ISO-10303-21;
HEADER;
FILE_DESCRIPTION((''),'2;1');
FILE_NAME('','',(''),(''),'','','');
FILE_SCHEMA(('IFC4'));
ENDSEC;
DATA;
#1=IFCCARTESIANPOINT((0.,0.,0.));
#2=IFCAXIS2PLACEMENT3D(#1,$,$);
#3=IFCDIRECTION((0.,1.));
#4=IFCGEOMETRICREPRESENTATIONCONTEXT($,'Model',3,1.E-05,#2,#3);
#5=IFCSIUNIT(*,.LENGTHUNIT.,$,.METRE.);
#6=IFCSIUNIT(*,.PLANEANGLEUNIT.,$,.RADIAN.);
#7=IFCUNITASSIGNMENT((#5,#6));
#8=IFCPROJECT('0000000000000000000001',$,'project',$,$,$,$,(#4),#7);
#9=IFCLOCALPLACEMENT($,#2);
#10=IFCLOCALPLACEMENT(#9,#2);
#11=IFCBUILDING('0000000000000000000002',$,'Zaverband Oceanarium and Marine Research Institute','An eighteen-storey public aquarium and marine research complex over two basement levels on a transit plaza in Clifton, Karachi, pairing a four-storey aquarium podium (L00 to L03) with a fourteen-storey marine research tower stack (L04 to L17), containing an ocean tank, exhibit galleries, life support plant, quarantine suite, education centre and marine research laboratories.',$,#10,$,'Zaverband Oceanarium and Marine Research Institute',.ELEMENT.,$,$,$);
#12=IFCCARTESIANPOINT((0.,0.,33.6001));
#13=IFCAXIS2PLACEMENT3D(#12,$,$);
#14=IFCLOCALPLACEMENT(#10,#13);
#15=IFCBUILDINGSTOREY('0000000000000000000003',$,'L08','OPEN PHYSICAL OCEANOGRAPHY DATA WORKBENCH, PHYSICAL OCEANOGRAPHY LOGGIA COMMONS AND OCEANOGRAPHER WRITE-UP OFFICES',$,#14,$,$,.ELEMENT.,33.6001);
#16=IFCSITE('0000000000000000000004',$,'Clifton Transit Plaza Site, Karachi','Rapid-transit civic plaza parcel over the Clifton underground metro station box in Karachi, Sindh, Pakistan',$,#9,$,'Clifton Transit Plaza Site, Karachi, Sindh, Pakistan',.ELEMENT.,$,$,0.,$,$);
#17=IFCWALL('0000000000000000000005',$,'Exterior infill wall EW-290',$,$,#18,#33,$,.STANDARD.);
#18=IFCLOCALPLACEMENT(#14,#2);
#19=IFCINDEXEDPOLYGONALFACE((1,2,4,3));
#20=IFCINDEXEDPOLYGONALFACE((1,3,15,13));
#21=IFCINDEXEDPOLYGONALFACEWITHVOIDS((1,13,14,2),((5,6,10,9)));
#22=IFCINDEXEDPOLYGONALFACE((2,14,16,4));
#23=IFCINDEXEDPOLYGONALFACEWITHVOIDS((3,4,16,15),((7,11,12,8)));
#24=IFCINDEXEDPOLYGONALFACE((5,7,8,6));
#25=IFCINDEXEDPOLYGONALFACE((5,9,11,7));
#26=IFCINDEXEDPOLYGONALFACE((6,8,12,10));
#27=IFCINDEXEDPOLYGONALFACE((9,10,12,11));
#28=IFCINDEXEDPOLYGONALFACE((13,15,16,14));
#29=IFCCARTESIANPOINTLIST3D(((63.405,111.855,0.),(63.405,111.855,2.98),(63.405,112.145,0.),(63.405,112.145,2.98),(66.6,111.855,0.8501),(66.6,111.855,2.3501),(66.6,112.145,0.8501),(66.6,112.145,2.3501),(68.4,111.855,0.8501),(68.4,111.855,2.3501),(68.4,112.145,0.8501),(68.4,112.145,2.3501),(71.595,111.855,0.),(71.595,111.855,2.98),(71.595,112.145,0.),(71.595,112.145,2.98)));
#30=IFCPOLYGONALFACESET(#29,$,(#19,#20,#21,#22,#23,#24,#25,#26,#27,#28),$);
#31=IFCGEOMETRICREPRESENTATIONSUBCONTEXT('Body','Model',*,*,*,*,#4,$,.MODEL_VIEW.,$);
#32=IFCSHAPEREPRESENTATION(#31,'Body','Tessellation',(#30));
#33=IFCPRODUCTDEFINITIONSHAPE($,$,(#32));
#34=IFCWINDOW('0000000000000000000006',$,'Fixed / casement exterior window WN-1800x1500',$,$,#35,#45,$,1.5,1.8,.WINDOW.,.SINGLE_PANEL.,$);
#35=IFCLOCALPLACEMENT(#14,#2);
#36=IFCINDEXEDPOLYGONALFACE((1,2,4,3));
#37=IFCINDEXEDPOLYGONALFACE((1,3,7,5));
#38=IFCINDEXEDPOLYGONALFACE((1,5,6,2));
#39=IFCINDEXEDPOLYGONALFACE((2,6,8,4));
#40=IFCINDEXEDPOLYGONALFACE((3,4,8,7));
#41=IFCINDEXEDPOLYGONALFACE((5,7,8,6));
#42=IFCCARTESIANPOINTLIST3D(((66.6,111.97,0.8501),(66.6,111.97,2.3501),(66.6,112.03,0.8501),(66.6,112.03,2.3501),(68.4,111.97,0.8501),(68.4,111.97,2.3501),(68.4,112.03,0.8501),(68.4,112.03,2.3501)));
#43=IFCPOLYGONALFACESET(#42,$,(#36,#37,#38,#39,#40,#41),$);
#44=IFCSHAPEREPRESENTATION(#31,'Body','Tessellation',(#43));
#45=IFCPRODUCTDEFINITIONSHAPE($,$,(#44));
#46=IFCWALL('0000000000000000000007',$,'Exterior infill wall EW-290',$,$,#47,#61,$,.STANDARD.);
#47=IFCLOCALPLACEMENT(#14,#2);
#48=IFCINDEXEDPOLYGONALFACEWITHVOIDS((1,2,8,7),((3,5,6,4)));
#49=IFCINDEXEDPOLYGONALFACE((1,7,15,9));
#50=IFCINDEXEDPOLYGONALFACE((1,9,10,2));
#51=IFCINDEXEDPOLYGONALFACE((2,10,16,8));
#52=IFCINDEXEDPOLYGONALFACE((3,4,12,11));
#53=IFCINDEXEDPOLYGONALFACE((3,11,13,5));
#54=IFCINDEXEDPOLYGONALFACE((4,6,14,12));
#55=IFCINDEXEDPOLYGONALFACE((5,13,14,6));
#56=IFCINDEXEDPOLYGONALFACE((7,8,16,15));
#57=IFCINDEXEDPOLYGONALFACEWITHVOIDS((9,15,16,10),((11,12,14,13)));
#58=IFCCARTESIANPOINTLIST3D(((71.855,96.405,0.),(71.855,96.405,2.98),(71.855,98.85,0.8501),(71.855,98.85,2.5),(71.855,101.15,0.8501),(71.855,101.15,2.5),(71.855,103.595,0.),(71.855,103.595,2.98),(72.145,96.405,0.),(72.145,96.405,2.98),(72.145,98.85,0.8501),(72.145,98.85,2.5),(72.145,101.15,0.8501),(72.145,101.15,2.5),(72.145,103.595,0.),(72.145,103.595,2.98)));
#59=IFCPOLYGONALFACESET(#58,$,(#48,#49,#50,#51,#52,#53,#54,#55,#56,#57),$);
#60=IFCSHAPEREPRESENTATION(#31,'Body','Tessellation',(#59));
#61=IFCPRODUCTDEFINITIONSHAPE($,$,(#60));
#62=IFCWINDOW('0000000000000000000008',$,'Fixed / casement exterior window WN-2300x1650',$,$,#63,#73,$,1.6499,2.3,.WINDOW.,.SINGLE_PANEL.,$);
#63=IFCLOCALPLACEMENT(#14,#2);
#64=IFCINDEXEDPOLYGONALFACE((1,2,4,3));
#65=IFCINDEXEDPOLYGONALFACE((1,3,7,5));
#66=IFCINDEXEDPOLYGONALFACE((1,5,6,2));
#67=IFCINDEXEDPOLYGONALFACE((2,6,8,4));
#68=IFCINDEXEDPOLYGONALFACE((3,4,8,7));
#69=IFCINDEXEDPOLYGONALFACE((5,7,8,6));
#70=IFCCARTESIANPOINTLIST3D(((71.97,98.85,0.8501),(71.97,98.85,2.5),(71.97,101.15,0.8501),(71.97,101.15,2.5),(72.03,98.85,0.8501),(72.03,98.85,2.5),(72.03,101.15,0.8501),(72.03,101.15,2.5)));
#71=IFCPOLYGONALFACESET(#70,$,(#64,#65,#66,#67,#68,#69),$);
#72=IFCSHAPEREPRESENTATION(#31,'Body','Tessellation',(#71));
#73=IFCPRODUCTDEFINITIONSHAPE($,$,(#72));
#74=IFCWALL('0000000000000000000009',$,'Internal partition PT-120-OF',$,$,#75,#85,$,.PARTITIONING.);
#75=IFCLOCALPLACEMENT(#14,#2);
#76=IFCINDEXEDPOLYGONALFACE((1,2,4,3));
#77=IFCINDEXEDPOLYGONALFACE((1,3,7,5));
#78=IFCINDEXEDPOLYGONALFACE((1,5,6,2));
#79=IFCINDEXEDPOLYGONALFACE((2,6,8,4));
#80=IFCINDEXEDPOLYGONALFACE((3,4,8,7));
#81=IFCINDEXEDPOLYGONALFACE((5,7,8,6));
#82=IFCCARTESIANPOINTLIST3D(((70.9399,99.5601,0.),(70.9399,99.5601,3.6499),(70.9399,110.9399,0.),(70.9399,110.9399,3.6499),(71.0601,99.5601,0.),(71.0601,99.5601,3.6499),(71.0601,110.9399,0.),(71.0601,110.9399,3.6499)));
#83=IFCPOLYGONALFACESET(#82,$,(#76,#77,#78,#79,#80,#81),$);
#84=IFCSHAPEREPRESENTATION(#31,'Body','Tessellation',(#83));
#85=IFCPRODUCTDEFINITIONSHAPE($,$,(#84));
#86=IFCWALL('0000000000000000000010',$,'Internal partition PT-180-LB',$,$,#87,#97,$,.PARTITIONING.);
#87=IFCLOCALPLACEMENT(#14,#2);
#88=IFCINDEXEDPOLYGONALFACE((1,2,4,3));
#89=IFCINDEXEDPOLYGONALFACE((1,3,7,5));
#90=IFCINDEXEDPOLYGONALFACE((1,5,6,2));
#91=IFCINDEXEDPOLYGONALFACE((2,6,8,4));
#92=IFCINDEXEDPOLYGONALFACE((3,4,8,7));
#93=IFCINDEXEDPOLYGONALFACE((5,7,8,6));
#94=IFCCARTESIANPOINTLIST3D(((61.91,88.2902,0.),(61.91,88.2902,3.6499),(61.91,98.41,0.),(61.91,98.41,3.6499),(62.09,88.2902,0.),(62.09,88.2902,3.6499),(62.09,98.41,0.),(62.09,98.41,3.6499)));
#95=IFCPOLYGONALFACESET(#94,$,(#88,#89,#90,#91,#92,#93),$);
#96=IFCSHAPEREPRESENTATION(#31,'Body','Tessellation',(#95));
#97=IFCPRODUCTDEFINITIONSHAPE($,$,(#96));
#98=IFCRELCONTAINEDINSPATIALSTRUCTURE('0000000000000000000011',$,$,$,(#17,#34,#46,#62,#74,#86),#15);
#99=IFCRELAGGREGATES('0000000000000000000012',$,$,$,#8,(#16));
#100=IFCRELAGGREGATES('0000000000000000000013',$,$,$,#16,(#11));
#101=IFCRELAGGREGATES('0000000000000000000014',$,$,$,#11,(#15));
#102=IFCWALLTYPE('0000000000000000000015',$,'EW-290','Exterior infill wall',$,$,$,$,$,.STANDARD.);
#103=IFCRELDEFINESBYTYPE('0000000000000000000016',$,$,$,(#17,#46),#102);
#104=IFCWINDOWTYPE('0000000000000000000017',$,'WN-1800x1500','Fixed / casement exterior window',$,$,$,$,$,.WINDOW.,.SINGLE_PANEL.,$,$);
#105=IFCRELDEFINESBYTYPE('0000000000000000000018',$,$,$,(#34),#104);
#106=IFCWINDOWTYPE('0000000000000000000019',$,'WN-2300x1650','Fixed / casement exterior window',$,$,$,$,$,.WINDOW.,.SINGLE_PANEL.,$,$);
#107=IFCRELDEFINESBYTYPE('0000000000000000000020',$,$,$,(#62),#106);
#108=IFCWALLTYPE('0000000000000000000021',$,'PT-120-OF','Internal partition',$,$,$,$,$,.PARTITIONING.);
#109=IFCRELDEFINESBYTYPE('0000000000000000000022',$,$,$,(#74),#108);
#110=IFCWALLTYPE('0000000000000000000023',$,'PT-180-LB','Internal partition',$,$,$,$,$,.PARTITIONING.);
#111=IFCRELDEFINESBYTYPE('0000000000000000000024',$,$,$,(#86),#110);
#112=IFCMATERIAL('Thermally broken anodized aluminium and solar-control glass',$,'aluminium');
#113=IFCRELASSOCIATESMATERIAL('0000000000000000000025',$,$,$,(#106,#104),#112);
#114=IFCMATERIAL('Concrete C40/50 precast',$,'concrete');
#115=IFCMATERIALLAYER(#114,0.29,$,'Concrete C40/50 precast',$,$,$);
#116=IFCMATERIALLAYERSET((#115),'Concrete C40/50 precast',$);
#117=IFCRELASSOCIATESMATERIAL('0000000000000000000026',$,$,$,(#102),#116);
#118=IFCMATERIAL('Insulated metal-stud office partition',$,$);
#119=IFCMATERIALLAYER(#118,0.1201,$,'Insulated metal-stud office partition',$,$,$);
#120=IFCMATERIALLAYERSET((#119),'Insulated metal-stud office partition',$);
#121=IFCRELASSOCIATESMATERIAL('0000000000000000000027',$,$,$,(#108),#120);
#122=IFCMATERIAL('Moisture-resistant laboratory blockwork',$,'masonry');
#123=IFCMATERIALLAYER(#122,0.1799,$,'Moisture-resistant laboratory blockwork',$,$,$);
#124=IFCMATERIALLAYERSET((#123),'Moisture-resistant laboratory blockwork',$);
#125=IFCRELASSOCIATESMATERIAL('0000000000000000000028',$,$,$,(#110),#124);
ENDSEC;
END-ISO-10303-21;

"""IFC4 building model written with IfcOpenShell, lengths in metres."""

from ifc_helpers import new_model, si_unit, direction, frame, frame_2d, origin, place, context, subcontext, project, spatial, rectangle, extrude, material, layer, layer_set, type_object, element, fill, save


model = new_model("IFC4")

# Units and contexts
model_context = context("Model", 3, precision=1e-05, world=origin(), true_north=direction((0.0, 1.0)))
body_context = subcontext(model_context, "Body", "Model", "MODEL_VIEW")
ifc_project = project(units=[si_unit("LENGTHUNIT", "METRE"), si_unit("PLANEANGLEUNIT", "RADIAN")], contexts=[model_context])

# Site, building, storey
site_placement = place(None, origin())
site = spatial("IfcSite", under=ifc_project, at=site_placement, Name="Clifton Transit Plaza Site, Karachi", Description="Rapid-transit civic plaza parcel over the Clifton underground metro station box in Karachi, Sindh, Pakistan", LongName="Clifton Transit Plaza Site, Karachi, Sindh, Pakistan", CompositionType="ELEMENT", RefElevation=0.0)
building_placement = place(site_placement, origin())
building = spatial("IfcBuilding", under=site, at=building_placement, Name="Zaverband Oceanarium and Marine Research Institute", Description="An eighteen-storey public aquarium and marine research complex over two basement levels on a transit plaza in Clifton, Karachi, pairing a four-storey aquarium podium (L00 to L03) with a fourteen-storey marine research tower stack (L04 to L17), containing an ocean tank, exhibit galleries, life support plant, quarantine suite, education centre and marine research laboratories.", LongName="Zaverband Oceanarium and Marine Research Institute", CompositionType="ELEMENT")
storey_placement = place(building_placement, frame((0.0, 0.0, 33.6001)))
storey = spatial("IfcBuildingStorey", under=building, at=storey_placement, Name="L08", Description="OPEN PHYSICAL OCEANOGRAPHY DATA WORKBENCH, PHYSICAL OCEANOGRAPHY LOGGIA COMMONS AND OCEANOGRAPHER WRITE-UP OFFICES", CompositionType="ELEMENT", Elevation=33.6001)

# Walls, openings, windows
ifc_material_1 = material(Name="Concrete C40/50 precast", Category="concrete")
ifc_material_2 = material(Name="Thermally broken anodized aluminium and solar-control glass", Category="aluminium")
window_type_1 = type_object("IfcWindowType", Name="WN-2300x1650", Description="Fixed / casement exterior window", PartitioningType="SINGLE_PANEL", PredefinedType="WINDOW", material=ifc_material_2)
ifc_layer_1 = layer(ifc_material_1, 0.29, Name="Concrete C40/50 precast")
ifc_layer_set_1 = layer_set([ifc_layer_1], Name="Concrete C40/50 precast")
wall_type_1 = type_object("IfcWallType", Name="EW-290", Description="Exterior infill wall", PredefinedType="STANDARD", material=ifc_layer_set_1)
wall_1_placement = place(storey_placement, frame((63.405, 112.0, 0.0), z_axis=(0.0, 0.0, 1.0), x_axis=(1.0, 0.0, 0.0)))
wall_1 = element("IfcWall", 1, at=wall_1_placement, inside=storey, type_object=wall_type_1, Name="Exterior infill wall EW-290", PredefinedType="STANDARD", context=body_context, shape_type="SweptSolid", body=[
    extrude(rectangle(XDim=8.1899, YDim=0.29, at=frame_2d((4.095, 0.0))), origin(), (0.0, 0.0, 1.0), 2.98),
])
opening_1_placement = place(wall_1_placement, frame((3.1951, 0.0, 0.8501)))
opening_1 = element("IfcOpeningElement", 2, at=opening_1_placement, cuts=wall_1, PredefinedType="OPENING", context=body_context, shape_type="SweptSolid", body=[
    extrude(rectangle(XDim=1.8, YDim=1.5, at=frame_2d((0.8999, 0.75))), frame((0.0, 0.157, 0.0), z_axis=(0.0, -1.0, 0.0), x_axis=(1.0, 0.0, 0.0)), (0.0, 0.0, 1.0), 0.314),
])
window_type_2 = type_object("IfcWindowType", Name="WN-1800x1500", Description="Fixed / casement exterior window", PartitioningType="SINGLE_PANEL", PredefinedType="WINDOW", material=ifc_material_2)
window_1_placement = place(opening_1_placement, origin())
window_1 = element("IfcWindow", 3, at=window_1_placement, inside=storey, type_object=window_type_2, Name="Fixed / casement exterior window WN-1800x1500", OverallHeight=1.5, OverallWidth=1.8, PartitioningType="SINGLE_PANEL", PredefinedType="WINDOW", context=body_context, shape_type="SweptSolid", body=[
    extrude(rectangle(XDim=1.8, YDim=1.5, at=frame_2d((0.8999, 0.75))), frame((0.0, 0.03, 0.0), z_axis=(0.0, -1.0, 0.0), x_axis=(1.0, 0.0, 0.0)), (0.0, 0.0, 1.0), 0.0601),
])
fill(opening_1, window_1)
wall_2_placement = place(storey_placement, frame((72.0, 96.405, 0.0), z_axis=(0.0, 0.0, 1.0), x_axis=(0.0, 1.0, 0.0)))
wall_2 = element("IfcWall", 4, at=wall_2_placement, inside=storey, type_object=wall_type_1, Name="Exterior infill wall EW-290", PredefinedType="STANDARD", context=body_context, shape_type="SweptSolid", body=[
    extrude(rectangle(XDim=7.1899, YDim=0.29, at=frame_2d((3.595, 0.0))), origin(), (0.0, 0.0, 1.0), 2.98),
])
opening_2_placement = place(wall_2_placement, frame((2.4451, 0.0, 0.8501)))
opening_2 = element("IfcOpeningElement", 5, at=opening_2_placement, cuts=wall_2, PredefinedType="OPENING", context=body_context, shape_type="SweptSolid", body=[
    extrude(rectangle(XDim=2.3, YDim=1.6499, at=frame_2d((1.1499, 0.825))), frame((0.0, 0.157, 0.0), z_axis=(0.0, -1.0, 0.0), x_axis=(1.0, 0.0, 0.0)), (0.0, 0.0, 1.0), 0.314),
])
window_2_placement = place(opening_2_placement, origin())
window_2 = element("IfcWindow", 6, at=window_2_placement, inside=storey, type_object=window_type_1, Name="Fixed / casement exterior window WN-2300x1650", OverallHeight=1.6499, OverallWidth=2.3, PartitioningType="SINGLE_PANEL", PredefinedType="WINDOW", context=body_context, shape_type="SweptSolid", body=[
    extrude(rectangle(XDim=2.3, YDim=1.6499, at=frame_2d((1.1499, 0.825))), frame((0.0, 0.03, 0.0), z_axis=(0.0, -1.0, 0.0), x_axis=(1.0, 0.0, 0.0)), (0.0, 0.0, 1.0), 0.0601),
])
fill(opening_2, window_2)

# Walls
ifc_material_3 = material(Name="Insulated metal-stud office partition")
ifc_layer_2 = layer(ifc_material_3, 0.1201, Name="Insulated metal-stud office partition")
ifc_layer_set_2 = layer_set([ifc_layer_2], Name="Insulated metal-stud office partition")
wall_type_2 = type_object("IfcWallType", Name="PT-120-OF", Description="Internal partition", PredefinedType="PARTITIONING", material=ifc_layer_set_2)
wall_3_placement = place(storey_placement, frame((71.0, 99.5601, 0.0), z_axis=(0.0, 0.0, 1.0), x_axis=(0.0, 1.0, 0.0)))
element("IfcWall", 7, at=wall_3_placement, inside=storey, type_object=wall_type_2, Name="Internal partition PT-120-OF", PredefinedType="PARTITIONING", context=body_context, shape_type="SweptSolid", body=[
    extrude(rectangle(XDim=11.3799, YDim=0.1201, at=frame_2d((5.6899, 0.0))), origin(), (0.0, 0.0, 1.0), 3.6499),
])
ifc_material_4 = material(Name="Moisture-resistant laboratory blockwork", Category="masonry")
ifc_layer_3 = layer(ifc_material_4, 0.1799, Name="Moisture-resistant laboratory blockwork")
ifc_layer_set_3 = layer_set([ifc_layer_3], Name="Moisture-resistant laboratory blockwork")
wall_type_3 = type_object("IfcWallType", Name="PT-180-LB", Description="Internal partition", PredefinedType="PARTITIONING", material=ifc_layer_set_3)
wall_4_placement = place(storey_placement, frame((62.0, 88.29, 0.0), z_axis=(0.0, 0.0, 1.0), x_axis=(0.0, 1.0, 0.0)))
element("IfcWall", 8, at=wall_4_placement, inside=storey, type_object=wall_type_3, Name="Internal partition PT-180-LB", PredefinedType="PARTITIONING", context=body_context, shape_type="SweptSolid", body=[
    extrude(rectangle(XDim=10.1199, YDim=0.1799, at=frame_2d((5.0601, 0.0))), origin(), (0.0, 0.0, 1.0), 3.6499),
])

save(model, "model.ifc")
